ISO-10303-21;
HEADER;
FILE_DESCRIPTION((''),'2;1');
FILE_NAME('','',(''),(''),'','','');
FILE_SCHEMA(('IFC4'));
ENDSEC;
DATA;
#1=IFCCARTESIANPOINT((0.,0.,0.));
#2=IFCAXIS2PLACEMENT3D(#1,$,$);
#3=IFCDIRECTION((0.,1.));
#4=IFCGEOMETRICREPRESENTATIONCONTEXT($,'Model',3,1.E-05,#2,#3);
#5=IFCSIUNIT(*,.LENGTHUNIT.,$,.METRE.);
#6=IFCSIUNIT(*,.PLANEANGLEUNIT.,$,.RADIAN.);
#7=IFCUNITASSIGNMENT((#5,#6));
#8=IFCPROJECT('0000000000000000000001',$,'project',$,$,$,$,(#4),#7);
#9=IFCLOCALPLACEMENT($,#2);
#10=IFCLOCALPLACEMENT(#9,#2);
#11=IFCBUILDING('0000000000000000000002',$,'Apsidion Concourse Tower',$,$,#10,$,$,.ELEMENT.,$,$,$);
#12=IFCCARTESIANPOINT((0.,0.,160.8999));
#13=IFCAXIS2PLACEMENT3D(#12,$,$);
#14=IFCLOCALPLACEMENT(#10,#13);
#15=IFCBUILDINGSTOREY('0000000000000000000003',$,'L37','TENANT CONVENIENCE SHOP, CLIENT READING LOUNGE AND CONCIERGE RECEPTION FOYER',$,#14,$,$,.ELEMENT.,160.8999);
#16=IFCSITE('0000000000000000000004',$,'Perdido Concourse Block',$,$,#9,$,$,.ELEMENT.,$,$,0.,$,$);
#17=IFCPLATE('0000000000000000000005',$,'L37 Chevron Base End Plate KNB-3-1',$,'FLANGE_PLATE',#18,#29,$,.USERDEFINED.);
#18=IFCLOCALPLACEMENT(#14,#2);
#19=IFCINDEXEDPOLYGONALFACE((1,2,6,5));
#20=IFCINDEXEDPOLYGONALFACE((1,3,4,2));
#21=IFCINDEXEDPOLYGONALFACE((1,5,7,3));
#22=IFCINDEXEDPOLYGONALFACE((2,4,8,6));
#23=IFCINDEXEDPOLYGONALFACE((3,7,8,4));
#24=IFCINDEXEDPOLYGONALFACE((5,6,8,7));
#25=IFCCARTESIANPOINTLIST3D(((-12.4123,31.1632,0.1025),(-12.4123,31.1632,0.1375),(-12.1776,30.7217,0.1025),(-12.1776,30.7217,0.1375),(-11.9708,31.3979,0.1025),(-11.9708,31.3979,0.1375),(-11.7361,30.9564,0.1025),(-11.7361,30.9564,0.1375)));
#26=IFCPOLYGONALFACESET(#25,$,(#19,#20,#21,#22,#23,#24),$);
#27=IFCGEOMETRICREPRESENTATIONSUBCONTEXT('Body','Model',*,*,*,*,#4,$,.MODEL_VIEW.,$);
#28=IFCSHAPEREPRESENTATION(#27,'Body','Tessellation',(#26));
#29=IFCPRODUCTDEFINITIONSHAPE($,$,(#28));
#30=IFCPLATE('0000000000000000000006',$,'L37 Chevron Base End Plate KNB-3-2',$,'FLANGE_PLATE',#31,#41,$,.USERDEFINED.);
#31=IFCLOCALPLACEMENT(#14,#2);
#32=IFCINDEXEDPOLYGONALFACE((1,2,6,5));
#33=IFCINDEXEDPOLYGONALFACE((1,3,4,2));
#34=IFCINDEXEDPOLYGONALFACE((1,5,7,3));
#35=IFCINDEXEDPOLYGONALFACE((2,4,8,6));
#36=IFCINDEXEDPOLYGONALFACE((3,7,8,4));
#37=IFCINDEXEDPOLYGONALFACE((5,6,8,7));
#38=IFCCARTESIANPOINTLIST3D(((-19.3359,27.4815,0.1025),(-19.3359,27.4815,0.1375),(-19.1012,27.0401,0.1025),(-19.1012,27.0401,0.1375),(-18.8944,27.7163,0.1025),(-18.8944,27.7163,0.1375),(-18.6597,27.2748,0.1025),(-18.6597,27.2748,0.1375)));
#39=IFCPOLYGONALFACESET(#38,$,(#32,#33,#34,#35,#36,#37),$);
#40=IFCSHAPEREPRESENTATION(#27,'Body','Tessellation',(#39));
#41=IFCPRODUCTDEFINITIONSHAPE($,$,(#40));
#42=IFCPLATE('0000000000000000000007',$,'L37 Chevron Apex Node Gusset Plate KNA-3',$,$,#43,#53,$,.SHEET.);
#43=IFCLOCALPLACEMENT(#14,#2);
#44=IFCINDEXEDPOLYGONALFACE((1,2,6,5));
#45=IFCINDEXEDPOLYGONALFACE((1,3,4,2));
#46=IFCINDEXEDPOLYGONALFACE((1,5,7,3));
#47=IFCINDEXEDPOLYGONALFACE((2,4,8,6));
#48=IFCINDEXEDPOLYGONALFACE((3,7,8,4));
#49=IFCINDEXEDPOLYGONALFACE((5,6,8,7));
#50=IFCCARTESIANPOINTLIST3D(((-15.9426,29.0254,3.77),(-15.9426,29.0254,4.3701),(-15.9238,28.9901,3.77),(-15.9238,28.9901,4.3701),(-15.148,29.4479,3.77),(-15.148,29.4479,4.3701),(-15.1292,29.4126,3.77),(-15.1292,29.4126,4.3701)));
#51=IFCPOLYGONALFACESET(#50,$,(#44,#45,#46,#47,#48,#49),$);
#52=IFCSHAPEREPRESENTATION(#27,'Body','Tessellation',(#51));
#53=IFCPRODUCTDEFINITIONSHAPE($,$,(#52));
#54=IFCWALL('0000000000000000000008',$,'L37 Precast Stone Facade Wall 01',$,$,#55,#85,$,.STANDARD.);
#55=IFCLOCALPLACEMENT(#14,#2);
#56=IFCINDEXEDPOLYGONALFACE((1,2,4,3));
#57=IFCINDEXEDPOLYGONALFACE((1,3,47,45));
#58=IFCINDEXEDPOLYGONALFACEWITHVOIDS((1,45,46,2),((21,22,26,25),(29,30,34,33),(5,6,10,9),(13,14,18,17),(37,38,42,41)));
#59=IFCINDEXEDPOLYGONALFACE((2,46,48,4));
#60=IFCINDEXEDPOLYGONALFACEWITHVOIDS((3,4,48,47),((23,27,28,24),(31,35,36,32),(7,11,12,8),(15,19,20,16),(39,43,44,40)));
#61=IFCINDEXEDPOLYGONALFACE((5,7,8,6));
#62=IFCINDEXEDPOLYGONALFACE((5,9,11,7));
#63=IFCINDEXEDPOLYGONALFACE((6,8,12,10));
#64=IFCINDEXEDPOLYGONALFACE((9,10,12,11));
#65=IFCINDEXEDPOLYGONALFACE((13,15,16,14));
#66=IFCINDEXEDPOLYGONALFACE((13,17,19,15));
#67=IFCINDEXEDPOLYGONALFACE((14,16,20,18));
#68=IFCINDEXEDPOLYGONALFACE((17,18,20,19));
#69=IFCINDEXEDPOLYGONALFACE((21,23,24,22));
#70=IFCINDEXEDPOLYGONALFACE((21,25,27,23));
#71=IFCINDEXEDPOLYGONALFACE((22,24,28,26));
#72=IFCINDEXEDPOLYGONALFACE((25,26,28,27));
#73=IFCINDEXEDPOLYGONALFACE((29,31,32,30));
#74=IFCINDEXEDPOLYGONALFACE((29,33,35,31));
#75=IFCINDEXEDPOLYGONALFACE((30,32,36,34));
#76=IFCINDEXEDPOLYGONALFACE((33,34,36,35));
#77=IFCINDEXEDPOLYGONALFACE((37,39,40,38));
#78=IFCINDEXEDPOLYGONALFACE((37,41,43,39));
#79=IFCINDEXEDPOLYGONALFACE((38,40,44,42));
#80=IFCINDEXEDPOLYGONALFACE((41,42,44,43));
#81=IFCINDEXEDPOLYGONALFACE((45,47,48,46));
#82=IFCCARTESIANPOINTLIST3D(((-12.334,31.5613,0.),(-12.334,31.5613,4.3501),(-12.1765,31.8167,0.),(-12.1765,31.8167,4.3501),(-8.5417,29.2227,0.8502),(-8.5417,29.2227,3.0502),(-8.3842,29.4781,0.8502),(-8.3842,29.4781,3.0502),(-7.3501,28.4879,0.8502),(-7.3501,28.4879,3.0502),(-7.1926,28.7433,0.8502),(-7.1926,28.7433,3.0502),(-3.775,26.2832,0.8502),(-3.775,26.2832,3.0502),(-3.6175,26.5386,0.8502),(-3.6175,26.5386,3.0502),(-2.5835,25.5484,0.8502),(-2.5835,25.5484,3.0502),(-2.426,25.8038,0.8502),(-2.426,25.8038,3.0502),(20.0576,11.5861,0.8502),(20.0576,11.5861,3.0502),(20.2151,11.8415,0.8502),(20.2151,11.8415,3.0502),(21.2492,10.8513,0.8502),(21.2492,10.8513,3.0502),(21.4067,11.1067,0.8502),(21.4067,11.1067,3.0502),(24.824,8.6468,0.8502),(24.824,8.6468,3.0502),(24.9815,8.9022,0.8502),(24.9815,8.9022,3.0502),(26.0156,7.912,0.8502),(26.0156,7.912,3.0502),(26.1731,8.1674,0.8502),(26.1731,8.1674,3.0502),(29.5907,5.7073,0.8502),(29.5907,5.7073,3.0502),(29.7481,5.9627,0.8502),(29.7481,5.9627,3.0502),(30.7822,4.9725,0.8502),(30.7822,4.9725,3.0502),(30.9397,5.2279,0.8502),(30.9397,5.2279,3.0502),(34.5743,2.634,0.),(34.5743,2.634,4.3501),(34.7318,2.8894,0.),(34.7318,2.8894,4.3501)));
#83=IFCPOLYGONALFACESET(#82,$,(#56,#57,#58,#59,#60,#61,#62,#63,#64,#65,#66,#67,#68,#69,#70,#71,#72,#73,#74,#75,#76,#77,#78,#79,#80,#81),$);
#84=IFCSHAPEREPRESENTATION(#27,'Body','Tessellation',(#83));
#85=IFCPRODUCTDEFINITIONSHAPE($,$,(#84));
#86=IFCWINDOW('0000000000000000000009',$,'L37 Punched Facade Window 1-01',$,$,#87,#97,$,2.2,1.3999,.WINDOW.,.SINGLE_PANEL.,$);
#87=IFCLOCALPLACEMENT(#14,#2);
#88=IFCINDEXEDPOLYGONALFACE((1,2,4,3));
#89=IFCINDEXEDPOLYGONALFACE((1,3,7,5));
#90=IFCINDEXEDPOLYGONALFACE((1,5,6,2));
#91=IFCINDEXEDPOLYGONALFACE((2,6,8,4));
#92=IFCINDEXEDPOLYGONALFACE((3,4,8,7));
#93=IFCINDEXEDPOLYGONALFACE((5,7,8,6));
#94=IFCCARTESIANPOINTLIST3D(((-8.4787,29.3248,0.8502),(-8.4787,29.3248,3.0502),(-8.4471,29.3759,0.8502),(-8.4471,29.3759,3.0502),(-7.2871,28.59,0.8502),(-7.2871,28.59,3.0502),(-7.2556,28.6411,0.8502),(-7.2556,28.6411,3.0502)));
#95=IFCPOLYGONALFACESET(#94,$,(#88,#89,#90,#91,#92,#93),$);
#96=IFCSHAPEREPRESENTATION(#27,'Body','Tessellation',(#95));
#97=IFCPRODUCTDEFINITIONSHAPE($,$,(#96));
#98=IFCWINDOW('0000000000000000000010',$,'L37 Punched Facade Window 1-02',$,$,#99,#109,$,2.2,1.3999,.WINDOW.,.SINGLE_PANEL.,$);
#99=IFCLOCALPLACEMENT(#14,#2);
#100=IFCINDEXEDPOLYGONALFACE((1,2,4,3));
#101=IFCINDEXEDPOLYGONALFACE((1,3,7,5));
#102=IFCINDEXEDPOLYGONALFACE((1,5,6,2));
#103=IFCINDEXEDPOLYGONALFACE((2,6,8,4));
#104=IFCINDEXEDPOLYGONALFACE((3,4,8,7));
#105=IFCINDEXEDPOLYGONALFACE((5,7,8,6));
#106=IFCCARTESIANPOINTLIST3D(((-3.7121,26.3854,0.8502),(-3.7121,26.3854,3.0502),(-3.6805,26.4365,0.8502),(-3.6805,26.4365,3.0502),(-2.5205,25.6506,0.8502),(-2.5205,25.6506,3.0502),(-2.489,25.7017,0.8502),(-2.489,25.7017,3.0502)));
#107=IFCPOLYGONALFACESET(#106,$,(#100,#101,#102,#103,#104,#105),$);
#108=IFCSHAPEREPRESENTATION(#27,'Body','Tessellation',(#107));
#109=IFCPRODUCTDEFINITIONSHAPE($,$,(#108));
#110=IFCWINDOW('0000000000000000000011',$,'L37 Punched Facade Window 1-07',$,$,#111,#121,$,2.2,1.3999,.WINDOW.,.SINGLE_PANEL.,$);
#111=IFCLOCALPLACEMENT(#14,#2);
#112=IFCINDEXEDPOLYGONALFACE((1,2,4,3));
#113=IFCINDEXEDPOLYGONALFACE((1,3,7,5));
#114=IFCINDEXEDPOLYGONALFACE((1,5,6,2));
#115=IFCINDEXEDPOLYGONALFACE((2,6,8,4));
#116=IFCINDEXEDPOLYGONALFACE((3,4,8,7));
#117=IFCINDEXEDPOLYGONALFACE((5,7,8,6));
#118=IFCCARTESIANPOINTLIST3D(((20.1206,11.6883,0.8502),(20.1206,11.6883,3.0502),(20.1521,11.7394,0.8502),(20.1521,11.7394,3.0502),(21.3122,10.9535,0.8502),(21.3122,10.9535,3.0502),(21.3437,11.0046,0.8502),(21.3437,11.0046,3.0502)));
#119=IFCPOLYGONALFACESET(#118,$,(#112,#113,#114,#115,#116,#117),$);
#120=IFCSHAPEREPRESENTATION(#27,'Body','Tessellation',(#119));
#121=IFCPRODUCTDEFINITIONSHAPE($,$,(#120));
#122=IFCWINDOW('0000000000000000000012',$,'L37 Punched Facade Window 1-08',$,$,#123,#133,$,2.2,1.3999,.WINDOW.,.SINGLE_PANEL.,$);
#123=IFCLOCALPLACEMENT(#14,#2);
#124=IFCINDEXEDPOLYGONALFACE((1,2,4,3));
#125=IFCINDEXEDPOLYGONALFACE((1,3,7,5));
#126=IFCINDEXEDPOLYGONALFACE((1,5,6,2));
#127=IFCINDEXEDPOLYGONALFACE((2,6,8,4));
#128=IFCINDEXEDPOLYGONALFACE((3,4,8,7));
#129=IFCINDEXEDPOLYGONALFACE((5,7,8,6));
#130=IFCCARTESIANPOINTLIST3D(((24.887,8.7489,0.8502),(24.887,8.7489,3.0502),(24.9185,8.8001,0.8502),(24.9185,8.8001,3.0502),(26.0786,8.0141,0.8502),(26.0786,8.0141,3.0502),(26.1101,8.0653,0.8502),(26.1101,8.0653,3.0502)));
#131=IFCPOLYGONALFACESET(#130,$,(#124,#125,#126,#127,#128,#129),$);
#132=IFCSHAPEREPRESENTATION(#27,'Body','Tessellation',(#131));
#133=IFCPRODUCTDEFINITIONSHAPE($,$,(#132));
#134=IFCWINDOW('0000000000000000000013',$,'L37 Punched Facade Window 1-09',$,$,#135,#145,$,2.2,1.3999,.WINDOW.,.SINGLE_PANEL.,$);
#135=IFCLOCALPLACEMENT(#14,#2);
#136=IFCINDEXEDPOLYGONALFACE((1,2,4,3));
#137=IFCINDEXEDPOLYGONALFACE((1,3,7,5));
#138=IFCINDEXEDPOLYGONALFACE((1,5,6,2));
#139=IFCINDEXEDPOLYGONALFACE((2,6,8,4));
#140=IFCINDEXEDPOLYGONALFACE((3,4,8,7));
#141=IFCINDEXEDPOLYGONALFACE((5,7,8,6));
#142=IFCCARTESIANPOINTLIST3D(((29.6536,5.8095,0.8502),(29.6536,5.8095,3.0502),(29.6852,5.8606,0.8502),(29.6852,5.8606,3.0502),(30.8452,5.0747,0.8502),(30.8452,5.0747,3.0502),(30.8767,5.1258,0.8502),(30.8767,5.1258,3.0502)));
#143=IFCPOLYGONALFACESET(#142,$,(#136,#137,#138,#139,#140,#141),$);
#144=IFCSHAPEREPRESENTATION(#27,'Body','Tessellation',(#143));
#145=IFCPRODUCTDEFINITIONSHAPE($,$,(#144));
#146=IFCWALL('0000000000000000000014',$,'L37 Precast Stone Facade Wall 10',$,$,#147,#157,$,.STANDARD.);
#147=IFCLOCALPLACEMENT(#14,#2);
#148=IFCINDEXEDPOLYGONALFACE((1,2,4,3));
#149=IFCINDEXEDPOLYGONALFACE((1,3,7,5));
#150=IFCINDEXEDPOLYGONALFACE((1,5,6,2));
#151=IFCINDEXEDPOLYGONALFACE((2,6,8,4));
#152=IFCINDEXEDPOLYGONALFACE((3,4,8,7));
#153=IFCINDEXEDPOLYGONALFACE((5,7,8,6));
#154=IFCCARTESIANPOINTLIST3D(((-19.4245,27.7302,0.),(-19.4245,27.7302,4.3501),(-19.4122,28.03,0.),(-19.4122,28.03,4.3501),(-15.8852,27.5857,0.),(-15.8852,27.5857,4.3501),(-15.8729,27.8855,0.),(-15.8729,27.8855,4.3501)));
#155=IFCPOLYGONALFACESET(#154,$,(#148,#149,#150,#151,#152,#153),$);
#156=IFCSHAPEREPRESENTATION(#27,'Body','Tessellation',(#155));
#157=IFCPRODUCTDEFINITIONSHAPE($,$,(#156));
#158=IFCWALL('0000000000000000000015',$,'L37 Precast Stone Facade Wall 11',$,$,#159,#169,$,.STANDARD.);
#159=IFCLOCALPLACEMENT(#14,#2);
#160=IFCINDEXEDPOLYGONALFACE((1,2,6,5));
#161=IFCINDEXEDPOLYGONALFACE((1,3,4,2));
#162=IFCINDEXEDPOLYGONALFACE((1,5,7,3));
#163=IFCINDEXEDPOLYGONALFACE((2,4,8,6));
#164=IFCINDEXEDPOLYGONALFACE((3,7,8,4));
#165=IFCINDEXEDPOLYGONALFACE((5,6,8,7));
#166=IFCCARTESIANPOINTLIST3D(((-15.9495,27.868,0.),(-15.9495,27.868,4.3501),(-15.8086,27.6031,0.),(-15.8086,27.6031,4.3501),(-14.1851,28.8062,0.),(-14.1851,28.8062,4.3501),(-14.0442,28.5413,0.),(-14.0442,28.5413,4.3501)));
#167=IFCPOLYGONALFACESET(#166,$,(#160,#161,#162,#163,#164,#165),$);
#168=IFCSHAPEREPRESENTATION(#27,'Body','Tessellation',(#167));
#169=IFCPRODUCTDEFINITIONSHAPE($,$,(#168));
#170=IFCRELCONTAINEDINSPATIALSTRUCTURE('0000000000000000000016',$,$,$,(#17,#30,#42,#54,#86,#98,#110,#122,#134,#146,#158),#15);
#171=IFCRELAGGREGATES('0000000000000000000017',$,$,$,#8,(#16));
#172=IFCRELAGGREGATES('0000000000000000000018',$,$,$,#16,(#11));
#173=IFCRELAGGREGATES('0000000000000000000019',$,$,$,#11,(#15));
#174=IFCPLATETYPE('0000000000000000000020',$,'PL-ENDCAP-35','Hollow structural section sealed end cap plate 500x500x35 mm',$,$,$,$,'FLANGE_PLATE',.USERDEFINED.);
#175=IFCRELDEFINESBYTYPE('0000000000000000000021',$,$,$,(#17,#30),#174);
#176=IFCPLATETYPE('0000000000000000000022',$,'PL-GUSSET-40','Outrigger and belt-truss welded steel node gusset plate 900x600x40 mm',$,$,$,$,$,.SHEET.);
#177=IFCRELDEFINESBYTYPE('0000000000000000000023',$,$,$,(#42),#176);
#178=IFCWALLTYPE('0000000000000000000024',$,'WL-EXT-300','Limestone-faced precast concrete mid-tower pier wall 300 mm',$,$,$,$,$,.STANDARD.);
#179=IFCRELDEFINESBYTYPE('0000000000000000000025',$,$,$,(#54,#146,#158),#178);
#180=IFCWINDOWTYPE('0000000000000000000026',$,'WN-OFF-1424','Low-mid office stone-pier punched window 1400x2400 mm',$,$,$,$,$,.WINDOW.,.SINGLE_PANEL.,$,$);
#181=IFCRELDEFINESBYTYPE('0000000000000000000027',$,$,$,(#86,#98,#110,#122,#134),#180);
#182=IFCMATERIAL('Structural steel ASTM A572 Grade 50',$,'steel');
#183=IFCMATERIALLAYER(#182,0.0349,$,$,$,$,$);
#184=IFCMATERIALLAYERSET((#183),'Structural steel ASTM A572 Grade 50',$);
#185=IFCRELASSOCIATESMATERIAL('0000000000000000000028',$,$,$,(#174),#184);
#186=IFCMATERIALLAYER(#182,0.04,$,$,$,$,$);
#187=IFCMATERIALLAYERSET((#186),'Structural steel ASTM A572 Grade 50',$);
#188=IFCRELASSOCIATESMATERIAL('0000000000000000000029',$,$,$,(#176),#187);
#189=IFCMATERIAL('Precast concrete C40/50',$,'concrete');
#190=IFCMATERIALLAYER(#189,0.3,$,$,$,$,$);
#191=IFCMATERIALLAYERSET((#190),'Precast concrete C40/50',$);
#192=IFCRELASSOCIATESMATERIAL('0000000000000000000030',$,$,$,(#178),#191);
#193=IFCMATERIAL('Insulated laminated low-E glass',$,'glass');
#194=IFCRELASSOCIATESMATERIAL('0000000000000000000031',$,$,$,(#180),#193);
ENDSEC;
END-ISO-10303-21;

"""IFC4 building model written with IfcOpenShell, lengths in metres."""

from ifc_helpers import new_model, si_unit, direction, frame, frame_2d, origin, origin_2d, place, context, subcontext, project, spatial, rectangle, extrude, material, layer, layer_set, type_object, element, fill, save


model = new_model("IFC4")

# Units and contexts
model_context = context("Model", 3, precision=1e-05, world=origin(), true_north=direction((0.0, 1.0)))
body_context = subcontext(model_context, "Body", "Model", "MODEL_VIEW")
ifc_project = project(units=[si_unit("LENGTHUNIT", "METRE"), si_unit("PLANEANGLEUNIT", "RADIAN")], contexts=[model_context])

# Site, building, storey
site_placement = place(None, origin())
site = spatial("IfcSite", under=ifc_project, at=site_placement, Name="Perdido Concourse Block", CompositionType="ELEMENT", RefElevation=0.0)
building_placement = place(site_placement, origin())
building = spatial("IfcBuilding", under=site, at=building_placement, Name="Apsidion Concourse Tower", CompositionType="ELEMENT")
storey_placement = place(building_placement, frame((0.0, 0.0, 160.8999)))
storey = spatial("IfcBuildingStorey", under=building, at=storey_placement, Name="L37", Description="TENANT CONVENIENCE SHOP, CLIENT READING LOUNGE AND CONCIERGE RECEPTION FOYER", CompositionType="ELEMENT", Elevation=160.8999)

# Plates
ifc_material_1 = material(Name="Structural steel ASTM A572 Grade 50", Category="steel")
ifc_layer_1 = layer(ifc_material_1, 0.0349)
ifc_layer_set_1 = layer_set([ifc_layer_1], Name="Structural steel ASTM A572 Grade 50")
plate_type_1 = type_object("IfcPlateType", Name="PL-ENDCAP-35", Description="Hollow structural section sealed end cap plate 500x500x35 mm", ElementType="FLANGE_PLATE", PredefinedType="USERDEFINED", material=ifc_layer_set_1)
for number, where, z_axis, x_axis, name in (
    (1, (-12.0742, 31.0598, 0.1025), (0.0, 0.0, 1.0), (0.882948, 0.469472, 0.0), "L37 Chevron Base End Plate KNB-3-1"),
    (2, (-18.9978, 27.3782, 0.1025), (0.0, 0.0, 1.0), (0.882948, 0.469472, 0.0), "L37 Chevron Base End Plate KNB-3-2"),
):
    element("IfcPlate", number, at=place(storey_placement, frame(where, z_axis=z_axis, x_axis=x_axis)), inside=storey, type_object=plate_type_1, Name=name, ObjectType="FLANGE_PLATE", PredefinedType="USERDEFINED", context=body_context, shape_type="SweptSolid", body=[
        extrude(rectangle(XDim=0.5, YDim=0.5, at=origin_2d()), origin(), (0.0, 0.0, 1.0), 0.0349),
    ])
ifc_layer_2 = layer(ifc_material_1, 0.04)
ifc_layer_set_2 = layer_set([ifc_layer_2], Name="Structural steel ASTM A572 Grade 50")
plate_type_2 = type_object("IfcPlateType", Name="PL-GUSSET-40", Description="Outrigger and belt-truss welded steel node gusset plate 900x600x40 mm", PredefinedType="SHEET", material=ifc_layer_set_2)
plate_placement = place(storey_placement, frame((-15.5359, 29.219, 3.77), z_axis=(0.0, 0.0, 1.0), x_axis=(0.882948, 0.469472, 0.0)))
element("IfcPlate", 3, at=plate_placement, inside=storey, type_object=plate_type_2, Name="L37 Chevron Apex Node Gusset Plate KNA-3", PredefinedType="SHEET", context=body_context, shape_type="SweptSolid", body=[
    extrude(rectangle(XDim=0.8999, YDim=0.04, at=origin_2d()), origin(), (0.0, 0.0, 1.0), 0.6001),
])

# Wall, openings, windows
ifc_material_2 = material(Name="Precast concrete C40/50", Category="concrete")
ifc_layer_3 = layer(ifc_material_2, 0.3)
ifc_layer_set_3 = layer_set([ifc_layer_3], Name="Precast concrete C40/50")
wall_type_1 = type_object("IfcWallType", Name="WL-EXT-300", Description="Limestone-faced precast concrete mid-tower pier wall 300 mm", PredefinedType="STANDARD", material=ifc_layer_set_3)
wall_1_placement = place(storey_placement, frame((-12.2551, 31.689, 0.0), z_axis=(0.0, 0.0, 1.0), x_axis=(0.851167, -0.524896, 0.0)))
wall_1 = element("IfcWall", 4, at=wall_1_placement, inside=storey, type_object=wall_type_1, Name="L37 Precast Stone Facade Wall 01", PredefinedType="STANDARD", context=body_context, shape_type="SweptSolid", body=[
    extrude(rectangle(XDim=55.1106, YDim=0.3, at=frame_2d((27.5552, 0.0))), origin(), (0.0, 0.0, 1.0), 4.3501),
])
opening_1_placement = place(wall_1_placement, frame((4.4553, 0.0, 0.8501)))
opening_1 = element("IfcOpeningElement", 5, at=opening_1_placement, cuts=wall_1, PredefinedType="OPENING", context=body_context, shape_type="SweptSolid", body=[
    extrude(rectangle(XDim=1.3999, YDim=2.2, at=frame_2d((0.7, 1.1001))), frame((0.0, 0.1602, 0.0), z_axis=(0.0, -1.0, 0.0), x_axis=(1.0, 0.0, 0.0)), (0.0, 0.0, 1.0), 0.3201),
])
opening_2_placement = place(wall_1_placement, frame((10.0554, 0.0, 0.8501)))
opening_2 = element("IfcOpeningElement", 6, at=opening_2_placement, cuts=wall_1, PredefinedType="OPENING", context=body_context, shape_type="SweptSolid", body=[
    extrude(rectangle(XDim=1.3999, YDim=2.2, at=frame_2d((0.7, 1.1001))), frame((0.0, 0.1602, 0.0), z_axis=(0.0, -1.0, 0.0), x_axis=(1.0, 0.0, 0.0)), (0.0, 0.0, 1.0), 0.3201),
])
opening_3_placement = place(wall_1_placement, frame((38.0554, 0.0, 0.8501)))
opening_3 = element("IfcOpeningElement", 7, at=opening_3_placement, cuts=wall_1, PredefinedType="OPENING", context=body_context, shape_type="SweptSolid", body=[
    extrude(rectangle(XDim=1.3999, YDim=2.2, at=frame_2d((0.7, 1.1001))), frame((0.0, 0.1602, 0.0), z_axis=(0.0, -1.0, 0.0), x_axis=(1.0, 0.0, 0.0)), (0.0, 0.0, 1.0), 0.3201),
])
opening_4_placement = place(wall_1_placement, frame((43.6553, 0.0, 0.8501)))
opening_4 = element("IfcOpeningElement", 8, at=opening_4_placement, cuts=wall_1, PredefinedType="OPENING", context=body_context, shape_type="SweptSolid", body=[
    extrude(rectangle(XDim=1.3999, YDim=2.2, at=frame_2d((0.7, 1.1001))), frame((0.0, 0.1602, 0.0), z_axis=(0.0, -1.0, 0.0), x_axis=(1.0, 0.0, 0.0)), (0.0, 0.0, 1.0), 0.3201),
])
opening_5_placement = place(wall_1_placement, frame((49.2554, 0.0, 0.8501)))
opening_5 = element("IfcOpeningElement", 9, at=opening_5_placement, cuts=wall_1, PredefinedType="OPENING", context=body_context, shape_type="SweptSolid", body=[
    extrude(rectangle(XDim=1.3999, YDim=2.2, at=frame_2d((0.7, 1.1001))), frame((0.0, 0.1602, 0.0), z_axis=(0.0, -1.0, 0.0), x_axis=(1.0, 0.0, 0.0)), (0.0, 0.0, 1.0), 0.3201),
])
ifc_material_3 = material(Name="Insulated laminated low-E glass", Category="glass")
window_type = type_object("IfcWindowType", Name="WN-OFF-1424", Description="Low-mid office stone-pier punched window 1400x2400 mm", PartitioningType="SINGLE_PANEL", PredefinedType="WINDOW", material=ifc_material_3)
window_1_placement = place(opening_1_placement, origin())
window_1 = element("IfcWindow", 10, at=window_1_placement, inside=storey, type_object=window_type, Name="L37 Punched Facade Window 1-01", OverallHeight=2.2, OverallWidth=1.3999, PartitioningType="SINGLE_PANEL", PredefinedType="WINDOW", context=body_context, shape_type="SweptSolid", body=[
    extrude(rectangle(XDim=1.3999, YDim=2.2, at=frame_2d((0.7, 1.1001))), frame((0.0, 0.03, 0.0), z_axis=(0.0, -1.0, 0.0), x_axis=(1.0, 0.0, 0.0)), (0.0, 0.0, 1.0), 0.0601),
])
fill(opening_1, window_1)
window_2_placement = place(opening_2_placement, origin())
window_2 = element("IfcWindow", 11, at=window_2_placement, inside=storey, type_object=window_type, Name="L37 Punched Facade Window 1-02", OverallHeight=2.2, OverallWidth=1.3999, PartitioningType="SINGLE_PANEL", PredefinedType="WINDOW", context=body_context, shape_type="SweptSolid", body=[
    extrude(rectangle(XDim=1.3999, YDim=2.2, at=frame_2d((0.7, 1.1001))), frame((0.0, 0.03, 0.0), z_axis=(0.0, -1.0, 0.0), x_axis=(1.0, 0.0, 0.0)), (0.0, 0.0, 1.0), 0.0601),
])
fill(opening_2, window_2)
window_3_placement = place(opening_3_placement, origin())
window_3 = element("IfcWindow", 12, at=window_3_placement, inside=storey, type_object=window_type, Name="L37 Punched Facade Window 1-07", OverallHeight=2.2, OverallWidth=1.3999, PartitioningType="SINGLE_PANEL", PredefinedType="WINDOW", context=body_context, shape_type="SweptSolid", body=[
    extrude(rectangle(XDim=1.3999, YDim=2.2, at=frame_2d((0.7, 1.1001))), frame((0.0, 0.03, 0.0), z_axis=(0.0, -1.0, 0.0), x_axis=(1.0, 0.0, 0.0)), (0.0, 0.0, 1.0), 0.0601),
])
fill(opening_3, window_3)
window_4_placement = place(opening_4_placement, origin())
window_4 = element("IfcWindow", 13, at=window_4_placement, inside=storey, type_object=window_type, Name="L37 Punched Facade Window 1-08", OverallHeight=2.2, OverallWidth=1.3999, PartitioningType="SINGLE_PANEL", PredefinedType="WINDOW", context=body_context, shape_type="SweptSolid", body=[
    extrude(rectangle(XDim=1.3999, YDim=2.2, at=frame_2d((0.7, 1.1001))), frame((0.0, 0.03, 0.0), z_axis=(0.0, -1.0, 0.0), x_axis=(1.0, 0.0, 0.0)), (0.0, 0.0, 1.0), 0.0601),
])
fill(opening_4, window_4)
window_5_placement = place(opening_5_placement, origin())
window_5 = element("IfcWindow", 14, at=window_5_placement, inside=storey, type_object=window_type, Name="L37 Punched Facade Window 1-09", OverallHeight=2.2, OverallWidth=1.3999, PartitioningType="SINGLE_PANEL", PredefinedType="WINDOW", context=body_context, shape_type="SweptSolid", body=[
    extrude(rectangle(XDim=1.3999, YDim=2.2, at=frame_2d((0.7, 1.1001))), frame((0.0, 0.03, 0.0), z_axis=(0.0, -1.0, 0.0), x_axis=(1.0, 0.0, 0.0)), (0.0, 0.0, 1.0), 0.0601),
])
fill(opening_5, window_5)

# Walls
wall_2_placement = place(storey_placement, frame((-19.4182, 27.8801, 0.0), z_axis=(0.0, 0.0, 1.0), x_axis=(0.999167, -0.040802, 0.0)))
element("IfcWall", 15, at=wall_2_placement, inside=storey, type_object=wall_type_1, Name="L37 Precast Stone Facade Wall 10", PredefinedType="STANDARD", context=body_context, shape_type="SweptSolid", body=[
    extrude(rectangle(XDim=3.5422, YDim=0.3, at=frame_2d((1.771, 0.0))), origin(), (0.0, 0.0, 1.0), 4.3501),
])
wall_3_placement = place(storey_placement, frame((-15.8789, 27.7356, 0.0), z_axis=(0.0, 0.0, 1.0), x_axis=(0.882931, 0.469504, 0.0)))
element("IfcWall", 16, at=wall_3_placement, inside=storey, type_object=wall_type_1, Name="L37 Precast Stone Facade Wall 11", PredefinedType="STANDARD", context=body_context, shape_type="SweptSolid", body=[
    extrude(rectangle(XDim=1.9983, YDim=0.3, at=frame_2d((0.999, 0.0))), origin(), (0.0, 0.0, 1.0), 4.3501),
])

save(model, "model.ifc")
